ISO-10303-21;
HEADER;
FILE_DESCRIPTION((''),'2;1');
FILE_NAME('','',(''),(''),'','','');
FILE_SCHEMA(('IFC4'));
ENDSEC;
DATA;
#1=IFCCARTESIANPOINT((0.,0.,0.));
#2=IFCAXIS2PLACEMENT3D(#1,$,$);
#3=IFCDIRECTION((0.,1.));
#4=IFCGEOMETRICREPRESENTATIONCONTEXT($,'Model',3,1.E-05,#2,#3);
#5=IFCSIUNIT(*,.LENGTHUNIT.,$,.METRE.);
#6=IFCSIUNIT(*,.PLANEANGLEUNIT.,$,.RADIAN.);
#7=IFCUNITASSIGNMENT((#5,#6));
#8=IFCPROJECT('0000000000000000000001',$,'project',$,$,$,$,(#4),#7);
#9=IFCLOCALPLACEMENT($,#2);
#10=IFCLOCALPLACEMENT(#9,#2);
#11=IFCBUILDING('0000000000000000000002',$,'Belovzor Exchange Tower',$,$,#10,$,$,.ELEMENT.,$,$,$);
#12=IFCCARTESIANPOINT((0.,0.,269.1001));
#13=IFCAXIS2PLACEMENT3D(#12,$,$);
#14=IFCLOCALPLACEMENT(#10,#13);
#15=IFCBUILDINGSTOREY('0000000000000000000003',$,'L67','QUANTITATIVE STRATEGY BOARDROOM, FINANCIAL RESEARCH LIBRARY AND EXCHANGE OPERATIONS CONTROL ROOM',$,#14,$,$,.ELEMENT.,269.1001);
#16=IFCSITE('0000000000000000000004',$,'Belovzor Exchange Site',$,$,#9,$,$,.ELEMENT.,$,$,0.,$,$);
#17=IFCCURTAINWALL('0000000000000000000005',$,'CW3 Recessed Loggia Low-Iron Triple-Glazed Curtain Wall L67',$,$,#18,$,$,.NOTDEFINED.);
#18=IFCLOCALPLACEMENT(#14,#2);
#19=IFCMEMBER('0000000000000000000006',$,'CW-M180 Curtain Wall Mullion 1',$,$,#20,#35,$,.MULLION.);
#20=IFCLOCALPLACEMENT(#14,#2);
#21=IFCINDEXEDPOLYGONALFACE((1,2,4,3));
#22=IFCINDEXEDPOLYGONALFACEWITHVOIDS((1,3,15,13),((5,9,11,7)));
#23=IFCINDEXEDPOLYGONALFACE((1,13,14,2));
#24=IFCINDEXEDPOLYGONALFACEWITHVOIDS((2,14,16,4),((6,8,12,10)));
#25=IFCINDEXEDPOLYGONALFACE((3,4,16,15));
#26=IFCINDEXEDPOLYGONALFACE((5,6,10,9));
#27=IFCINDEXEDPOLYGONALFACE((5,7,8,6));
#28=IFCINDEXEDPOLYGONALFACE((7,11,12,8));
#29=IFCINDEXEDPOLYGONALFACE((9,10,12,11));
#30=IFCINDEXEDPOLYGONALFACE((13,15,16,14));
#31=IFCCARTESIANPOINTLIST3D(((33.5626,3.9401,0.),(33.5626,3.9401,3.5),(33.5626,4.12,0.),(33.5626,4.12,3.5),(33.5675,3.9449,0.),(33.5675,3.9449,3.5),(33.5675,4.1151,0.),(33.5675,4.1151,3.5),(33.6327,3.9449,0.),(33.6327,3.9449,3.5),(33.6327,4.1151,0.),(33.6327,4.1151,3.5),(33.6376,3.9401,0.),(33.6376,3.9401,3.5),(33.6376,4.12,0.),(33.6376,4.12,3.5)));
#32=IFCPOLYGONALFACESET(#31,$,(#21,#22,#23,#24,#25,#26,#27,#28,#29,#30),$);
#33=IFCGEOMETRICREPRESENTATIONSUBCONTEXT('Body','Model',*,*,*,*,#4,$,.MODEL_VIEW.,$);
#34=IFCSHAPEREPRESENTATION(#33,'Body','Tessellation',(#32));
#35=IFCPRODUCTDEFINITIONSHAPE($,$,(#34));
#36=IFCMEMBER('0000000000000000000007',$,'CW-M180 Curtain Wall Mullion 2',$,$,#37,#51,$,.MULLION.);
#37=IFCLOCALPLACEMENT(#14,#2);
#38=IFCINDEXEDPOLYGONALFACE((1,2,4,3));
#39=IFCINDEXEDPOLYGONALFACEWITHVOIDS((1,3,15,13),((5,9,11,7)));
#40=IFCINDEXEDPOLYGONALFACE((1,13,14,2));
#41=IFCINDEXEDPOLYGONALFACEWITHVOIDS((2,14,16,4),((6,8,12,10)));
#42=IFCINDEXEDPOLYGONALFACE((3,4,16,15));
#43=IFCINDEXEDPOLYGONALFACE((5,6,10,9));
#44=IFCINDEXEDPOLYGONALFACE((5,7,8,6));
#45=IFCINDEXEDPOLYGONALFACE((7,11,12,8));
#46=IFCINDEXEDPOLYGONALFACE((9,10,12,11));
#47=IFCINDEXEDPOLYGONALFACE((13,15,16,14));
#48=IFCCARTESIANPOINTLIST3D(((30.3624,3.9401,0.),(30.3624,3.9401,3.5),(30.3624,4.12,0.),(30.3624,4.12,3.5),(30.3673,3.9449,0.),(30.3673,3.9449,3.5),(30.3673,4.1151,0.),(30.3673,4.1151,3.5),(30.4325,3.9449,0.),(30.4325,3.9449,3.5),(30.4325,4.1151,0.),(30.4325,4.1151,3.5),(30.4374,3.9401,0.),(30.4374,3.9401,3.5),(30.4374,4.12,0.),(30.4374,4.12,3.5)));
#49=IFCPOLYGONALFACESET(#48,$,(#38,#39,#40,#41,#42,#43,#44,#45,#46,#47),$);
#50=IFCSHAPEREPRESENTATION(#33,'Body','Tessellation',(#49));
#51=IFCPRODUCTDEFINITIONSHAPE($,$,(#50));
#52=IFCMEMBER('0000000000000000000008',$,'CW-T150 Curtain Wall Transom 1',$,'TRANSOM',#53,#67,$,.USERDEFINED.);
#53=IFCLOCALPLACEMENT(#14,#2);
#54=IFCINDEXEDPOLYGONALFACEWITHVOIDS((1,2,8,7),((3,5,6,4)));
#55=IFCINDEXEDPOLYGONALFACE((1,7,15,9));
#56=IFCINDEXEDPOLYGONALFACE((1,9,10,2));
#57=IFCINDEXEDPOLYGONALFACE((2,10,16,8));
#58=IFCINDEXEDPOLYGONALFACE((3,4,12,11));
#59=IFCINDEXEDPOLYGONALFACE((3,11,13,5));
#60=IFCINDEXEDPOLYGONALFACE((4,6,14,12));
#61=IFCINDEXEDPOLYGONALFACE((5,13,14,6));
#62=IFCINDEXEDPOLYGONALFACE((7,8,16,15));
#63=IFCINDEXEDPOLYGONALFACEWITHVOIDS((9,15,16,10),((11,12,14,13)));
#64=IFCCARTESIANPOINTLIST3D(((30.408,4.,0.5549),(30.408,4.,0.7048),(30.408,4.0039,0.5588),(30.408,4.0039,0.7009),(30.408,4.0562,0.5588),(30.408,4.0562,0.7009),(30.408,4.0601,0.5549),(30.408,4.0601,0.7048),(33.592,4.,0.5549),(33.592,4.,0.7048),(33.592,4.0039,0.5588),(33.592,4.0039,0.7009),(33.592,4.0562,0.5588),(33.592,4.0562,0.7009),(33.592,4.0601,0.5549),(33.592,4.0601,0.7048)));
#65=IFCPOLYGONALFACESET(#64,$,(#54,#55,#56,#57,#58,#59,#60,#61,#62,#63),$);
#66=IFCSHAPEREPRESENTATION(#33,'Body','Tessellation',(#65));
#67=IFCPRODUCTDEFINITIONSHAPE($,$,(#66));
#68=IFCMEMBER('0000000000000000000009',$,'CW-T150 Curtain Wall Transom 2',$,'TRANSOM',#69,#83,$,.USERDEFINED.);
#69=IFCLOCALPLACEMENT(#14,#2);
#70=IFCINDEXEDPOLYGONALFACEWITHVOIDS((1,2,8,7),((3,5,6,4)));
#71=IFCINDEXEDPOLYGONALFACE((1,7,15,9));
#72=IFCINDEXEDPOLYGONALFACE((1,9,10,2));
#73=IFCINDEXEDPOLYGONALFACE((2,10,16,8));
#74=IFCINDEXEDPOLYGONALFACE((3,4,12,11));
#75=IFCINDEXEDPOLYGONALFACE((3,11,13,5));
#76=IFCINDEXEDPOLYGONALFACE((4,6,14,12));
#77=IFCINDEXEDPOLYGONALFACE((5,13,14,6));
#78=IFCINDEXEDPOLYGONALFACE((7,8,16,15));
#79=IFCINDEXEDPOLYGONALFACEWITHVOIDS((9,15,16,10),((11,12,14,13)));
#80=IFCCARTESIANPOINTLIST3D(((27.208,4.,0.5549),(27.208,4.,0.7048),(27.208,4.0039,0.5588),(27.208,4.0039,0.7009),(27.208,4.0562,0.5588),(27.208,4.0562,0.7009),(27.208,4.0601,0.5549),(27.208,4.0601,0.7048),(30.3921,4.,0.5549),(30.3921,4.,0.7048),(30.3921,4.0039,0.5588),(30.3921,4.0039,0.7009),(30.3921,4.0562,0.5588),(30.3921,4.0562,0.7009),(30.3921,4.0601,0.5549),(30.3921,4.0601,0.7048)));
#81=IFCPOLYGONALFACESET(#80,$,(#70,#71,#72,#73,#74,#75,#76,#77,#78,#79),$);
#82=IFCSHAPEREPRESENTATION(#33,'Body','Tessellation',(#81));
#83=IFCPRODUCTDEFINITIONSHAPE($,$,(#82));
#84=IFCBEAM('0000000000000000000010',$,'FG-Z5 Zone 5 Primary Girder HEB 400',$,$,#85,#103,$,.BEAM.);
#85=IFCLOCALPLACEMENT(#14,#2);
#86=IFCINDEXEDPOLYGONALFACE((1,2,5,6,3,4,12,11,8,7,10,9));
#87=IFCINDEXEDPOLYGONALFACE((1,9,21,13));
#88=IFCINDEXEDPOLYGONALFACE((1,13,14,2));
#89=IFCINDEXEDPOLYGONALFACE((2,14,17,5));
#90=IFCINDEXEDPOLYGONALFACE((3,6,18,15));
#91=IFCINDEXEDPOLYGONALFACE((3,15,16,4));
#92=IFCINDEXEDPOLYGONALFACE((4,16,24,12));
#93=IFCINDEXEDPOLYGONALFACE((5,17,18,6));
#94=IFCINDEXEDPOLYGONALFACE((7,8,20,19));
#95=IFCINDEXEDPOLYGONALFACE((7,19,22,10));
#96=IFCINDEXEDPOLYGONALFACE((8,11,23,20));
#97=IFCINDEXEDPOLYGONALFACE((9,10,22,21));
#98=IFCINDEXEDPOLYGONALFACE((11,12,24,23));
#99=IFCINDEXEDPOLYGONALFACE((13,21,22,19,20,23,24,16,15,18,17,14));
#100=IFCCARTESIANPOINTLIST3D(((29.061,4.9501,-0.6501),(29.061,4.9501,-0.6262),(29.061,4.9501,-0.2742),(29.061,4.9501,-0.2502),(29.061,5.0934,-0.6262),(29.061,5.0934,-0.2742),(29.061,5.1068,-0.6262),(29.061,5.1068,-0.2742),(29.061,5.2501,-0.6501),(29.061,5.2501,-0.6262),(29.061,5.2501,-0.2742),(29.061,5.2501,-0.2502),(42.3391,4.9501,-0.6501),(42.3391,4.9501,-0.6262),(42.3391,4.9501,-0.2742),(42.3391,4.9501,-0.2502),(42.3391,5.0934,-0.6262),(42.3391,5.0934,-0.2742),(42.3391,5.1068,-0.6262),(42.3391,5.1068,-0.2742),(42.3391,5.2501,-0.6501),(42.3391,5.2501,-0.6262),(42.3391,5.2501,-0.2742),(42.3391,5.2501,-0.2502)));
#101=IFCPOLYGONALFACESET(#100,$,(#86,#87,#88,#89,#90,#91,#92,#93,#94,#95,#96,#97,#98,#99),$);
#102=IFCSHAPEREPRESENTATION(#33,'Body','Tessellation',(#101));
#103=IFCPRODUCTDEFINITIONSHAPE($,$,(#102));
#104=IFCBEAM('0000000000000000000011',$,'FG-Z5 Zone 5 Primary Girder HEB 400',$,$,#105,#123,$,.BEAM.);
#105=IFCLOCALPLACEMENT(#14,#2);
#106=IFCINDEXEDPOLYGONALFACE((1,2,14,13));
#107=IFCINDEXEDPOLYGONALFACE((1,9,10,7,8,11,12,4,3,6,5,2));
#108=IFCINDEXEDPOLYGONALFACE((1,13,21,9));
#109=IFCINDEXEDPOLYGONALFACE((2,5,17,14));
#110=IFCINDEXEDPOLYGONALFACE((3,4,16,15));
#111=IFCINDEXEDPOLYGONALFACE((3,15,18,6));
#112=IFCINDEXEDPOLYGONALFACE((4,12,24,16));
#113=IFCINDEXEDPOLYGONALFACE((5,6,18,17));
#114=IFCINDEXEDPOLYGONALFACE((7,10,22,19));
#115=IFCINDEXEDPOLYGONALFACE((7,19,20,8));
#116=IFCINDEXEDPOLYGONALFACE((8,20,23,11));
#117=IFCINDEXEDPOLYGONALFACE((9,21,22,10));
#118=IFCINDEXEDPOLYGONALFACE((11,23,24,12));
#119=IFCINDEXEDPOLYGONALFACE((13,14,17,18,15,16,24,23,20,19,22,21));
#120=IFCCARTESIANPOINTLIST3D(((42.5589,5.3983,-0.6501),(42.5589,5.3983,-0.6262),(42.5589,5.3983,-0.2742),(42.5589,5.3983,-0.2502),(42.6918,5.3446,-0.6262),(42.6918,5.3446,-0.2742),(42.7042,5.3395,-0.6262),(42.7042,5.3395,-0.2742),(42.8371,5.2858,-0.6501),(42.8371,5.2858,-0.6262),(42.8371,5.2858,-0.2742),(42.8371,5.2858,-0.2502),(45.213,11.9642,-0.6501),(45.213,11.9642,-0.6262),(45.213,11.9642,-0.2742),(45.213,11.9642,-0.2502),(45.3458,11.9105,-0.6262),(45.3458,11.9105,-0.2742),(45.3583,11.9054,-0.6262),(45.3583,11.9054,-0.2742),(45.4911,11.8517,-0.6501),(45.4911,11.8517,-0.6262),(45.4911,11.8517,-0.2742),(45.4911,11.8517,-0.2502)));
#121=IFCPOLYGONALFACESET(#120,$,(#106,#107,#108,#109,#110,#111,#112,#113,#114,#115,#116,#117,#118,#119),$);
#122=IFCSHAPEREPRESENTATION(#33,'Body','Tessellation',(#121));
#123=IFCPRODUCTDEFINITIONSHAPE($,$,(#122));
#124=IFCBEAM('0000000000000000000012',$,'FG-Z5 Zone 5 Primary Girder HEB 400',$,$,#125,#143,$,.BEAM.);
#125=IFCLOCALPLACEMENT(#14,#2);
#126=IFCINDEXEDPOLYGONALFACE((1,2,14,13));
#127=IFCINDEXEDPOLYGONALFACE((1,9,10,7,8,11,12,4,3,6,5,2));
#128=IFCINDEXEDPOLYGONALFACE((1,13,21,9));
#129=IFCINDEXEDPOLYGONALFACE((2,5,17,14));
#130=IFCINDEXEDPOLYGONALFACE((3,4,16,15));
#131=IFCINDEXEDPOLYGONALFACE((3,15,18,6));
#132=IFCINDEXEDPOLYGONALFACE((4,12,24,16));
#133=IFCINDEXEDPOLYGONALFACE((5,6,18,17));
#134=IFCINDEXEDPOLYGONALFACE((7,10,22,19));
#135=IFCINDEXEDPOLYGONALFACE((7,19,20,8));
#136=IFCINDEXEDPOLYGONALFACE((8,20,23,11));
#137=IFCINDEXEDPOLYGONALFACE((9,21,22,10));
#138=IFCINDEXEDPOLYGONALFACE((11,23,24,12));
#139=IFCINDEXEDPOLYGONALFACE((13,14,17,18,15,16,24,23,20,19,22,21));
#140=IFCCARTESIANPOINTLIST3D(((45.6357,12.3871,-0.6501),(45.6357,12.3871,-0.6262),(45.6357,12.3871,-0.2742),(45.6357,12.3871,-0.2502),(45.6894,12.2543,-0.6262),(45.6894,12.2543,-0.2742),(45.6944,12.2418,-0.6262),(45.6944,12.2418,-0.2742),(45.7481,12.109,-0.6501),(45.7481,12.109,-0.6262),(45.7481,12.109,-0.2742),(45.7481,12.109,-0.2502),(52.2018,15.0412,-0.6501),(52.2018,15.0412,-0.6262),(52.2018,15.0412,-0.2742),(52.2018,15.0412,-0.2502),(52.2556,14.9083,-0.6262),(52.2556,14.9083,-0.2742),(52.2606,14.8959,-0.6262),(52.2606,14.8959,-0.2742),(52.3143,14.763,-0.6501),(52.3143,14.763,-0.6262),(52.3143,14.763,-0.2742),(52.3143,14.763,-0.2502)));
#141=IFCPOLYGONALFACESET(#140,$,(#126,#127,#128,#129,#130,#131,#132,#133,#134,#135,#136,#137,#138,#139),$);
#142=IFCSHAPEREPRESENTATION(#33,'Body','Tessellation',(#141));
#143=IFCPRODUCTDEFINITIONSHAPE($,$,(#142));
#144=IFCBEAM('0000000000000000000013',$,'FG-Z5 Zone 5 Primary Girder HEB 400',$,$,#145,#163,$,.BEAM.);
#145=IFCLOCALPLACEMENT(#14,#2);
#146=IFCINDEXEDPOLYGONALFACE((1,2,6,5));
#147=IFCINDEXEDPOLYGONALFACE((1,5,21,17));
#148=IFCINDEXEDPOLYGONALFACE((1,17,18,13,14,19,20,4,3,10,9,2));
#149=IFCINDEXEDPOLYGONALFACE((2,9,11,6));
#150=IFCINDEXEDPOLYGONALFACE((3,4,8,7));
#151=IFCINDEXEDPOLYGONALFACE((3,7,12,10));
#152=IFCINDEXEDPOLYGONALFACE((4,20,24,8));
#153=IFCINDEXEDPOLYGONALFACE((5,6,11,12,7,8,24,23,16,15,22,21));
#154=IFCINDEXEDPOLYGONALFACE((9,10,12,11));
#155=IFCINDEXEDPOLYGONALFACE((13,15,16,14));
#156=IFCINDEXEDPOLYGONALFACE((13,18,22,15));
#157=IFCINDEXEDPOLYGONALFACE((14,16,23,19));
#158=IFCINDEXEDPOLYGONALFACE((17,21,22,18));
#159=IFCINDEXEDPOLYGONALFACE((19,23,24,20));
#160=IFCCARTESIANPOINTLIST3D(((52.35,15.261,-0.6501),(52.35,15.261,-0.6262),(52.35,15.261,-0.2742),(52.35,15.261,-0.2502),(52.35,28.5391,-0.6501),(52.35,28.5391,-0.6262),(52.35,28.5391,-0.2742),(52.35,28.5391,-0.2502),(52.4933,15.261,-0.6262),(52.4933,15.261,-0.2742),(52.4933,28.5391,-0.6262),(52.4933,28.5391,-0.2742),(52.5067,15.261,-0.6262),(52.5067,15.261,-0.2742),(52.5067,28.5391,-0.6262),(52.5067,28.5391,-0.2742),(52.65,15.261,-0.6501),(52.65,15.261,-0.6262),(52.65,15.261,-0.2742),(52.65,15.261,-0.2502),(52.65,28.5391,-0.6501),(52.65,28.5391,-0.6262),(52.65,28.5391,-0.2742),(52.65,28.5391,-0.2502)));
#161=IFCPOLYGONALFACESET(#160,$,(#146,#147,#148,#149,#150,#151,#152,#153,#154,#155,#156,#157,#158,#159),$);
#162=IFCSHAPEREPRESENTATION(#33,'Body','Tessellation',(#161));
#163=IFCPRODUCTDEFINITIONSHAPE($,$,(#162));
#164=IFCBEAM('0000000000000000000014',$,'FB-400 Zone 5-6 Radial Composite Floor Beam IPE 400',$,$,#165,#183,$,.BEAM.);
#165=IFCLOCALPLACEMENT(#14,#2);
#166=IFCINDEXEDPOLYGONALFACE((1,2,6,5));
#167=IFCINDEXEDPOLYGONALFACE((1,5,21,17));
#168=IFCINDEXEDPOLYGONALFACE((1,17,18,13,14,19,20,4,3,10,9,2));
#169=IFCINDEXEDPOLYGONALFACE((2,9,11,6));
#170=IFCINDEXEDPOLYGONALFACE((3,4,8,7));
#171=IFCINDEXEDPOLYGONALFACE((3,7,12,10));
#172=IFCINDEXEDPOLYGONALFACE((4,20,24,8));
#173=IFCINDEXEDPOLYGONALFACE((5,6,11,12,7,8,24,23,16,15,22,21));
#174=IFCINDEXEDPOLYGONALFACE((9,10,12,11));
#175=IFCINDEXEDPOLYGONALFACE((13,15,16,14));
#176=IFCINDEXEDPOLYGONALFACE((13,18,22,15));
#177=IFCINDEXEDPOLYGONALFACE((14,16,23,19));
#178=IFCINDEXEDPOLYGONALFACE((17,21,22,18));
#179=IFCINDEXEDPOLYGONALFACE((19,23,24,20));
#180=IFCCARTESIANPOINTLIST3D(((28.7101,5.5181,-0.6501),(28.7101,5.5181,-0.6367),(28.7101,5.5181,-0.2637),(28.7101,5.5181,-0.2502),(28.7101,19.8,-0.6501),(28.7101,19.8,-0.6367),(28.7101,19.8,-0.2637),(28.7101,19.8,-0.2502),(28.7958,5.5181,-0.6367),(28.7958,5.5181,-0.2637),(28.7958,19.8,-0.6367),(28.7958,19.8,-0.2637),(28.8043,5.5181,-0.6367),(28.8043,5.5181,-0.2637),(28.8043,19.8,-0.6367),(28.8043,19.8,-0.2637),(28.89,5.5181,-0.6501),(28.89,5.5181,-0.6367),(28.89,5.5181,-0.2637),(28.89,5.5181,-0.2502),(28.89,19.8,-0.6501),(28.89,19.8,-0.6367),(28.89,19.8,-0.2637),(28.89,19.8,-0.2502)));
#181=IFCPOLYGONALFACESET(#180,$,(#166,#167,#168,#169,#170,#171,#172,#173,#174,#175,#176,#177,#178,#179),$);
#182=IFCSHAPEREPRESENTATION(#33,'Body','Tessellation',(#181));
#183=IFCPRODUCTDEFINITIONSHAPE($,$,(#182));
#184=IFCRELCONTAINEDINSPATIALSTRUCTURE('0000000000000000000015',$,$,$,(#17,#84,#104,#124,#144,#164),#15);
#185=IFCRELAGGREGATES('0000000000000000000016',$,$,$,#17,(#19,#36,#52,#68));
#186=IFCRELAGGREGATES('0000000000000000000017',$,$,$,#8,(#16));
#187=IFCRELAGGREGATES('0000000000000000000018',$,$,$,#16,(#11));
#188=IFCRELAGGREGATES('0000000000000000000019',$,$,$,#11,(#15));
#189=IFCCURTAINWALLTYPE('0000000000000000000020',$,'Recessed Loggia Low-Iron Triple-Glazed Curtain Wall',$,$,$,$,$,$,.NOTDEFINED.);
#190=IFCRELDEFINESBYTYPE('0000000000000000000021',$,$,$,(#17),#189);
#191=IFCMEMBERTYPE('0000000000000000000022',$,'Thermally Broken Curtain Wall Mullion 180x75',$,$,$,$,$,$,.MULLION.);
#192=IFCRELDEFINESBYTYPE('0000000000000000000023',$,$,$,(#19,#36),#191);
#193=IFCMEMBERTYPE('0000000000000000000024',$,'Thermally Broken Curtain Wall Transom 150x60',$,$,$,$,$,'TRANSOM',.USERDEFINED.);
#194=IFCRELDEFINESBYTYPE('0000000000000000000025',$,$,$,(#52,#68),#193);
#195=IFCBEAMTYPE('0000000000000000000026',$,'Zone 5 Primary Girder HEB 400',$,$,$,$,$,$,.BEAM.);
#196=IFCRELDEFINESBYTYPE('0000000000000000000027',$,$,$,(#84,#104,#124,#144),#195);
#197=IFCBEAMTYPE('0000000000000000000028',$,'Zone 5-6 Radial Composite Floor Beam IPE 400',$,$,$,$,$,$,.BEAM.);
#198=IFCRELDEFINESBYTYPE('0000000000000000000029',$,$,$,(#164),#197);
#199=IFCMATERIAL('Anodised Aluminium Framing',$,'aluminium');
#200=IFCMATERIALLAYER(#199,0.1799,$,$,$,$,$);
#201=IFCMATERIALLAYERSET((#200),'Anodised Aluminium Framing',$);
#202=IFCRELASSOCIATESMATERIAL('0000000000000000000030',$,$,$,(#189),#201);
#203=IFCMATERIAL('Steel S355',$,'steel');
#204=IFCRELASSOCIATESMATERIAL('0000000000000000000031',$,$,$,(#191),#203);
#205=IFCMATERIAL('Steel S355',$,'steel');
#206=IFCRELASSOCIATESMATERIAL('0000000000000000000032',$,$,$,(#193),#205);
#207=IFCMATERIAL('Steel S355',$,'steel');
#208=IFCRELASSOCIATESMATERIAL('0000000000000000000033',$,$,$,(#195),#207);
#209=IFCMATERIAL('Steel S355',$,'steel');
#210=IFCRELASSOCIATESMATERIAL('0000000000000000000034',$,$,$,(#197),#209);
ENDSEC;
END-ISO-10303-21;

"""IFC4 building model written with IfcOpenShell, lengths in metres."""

from ifc_helpers import new_model, si_unit, direction, frame, origin, origin_2d, place, context, subcontext, project, spatial, hollow_rectangle, i_section, extrude, material, layer, layer_set, material_profile, profile_set, type_object, element, aggregate, save


model = new_model("IFC4")

# Units and contexts
model_context = context("Model", 3, precision=1e-05, world=origin(), true_north=direction((0.0, 1.0)))
body_context = subcontext(model_context, "Body", "Model", "MODEL_VIEW")
ifc_project = project(units=[si_unit("LENGTHUNIT", "METRE"), si_unit("PLANEANGLEUNIT", "RADIAN")], contexts=[model_context])

# Site, building, storey
site_placement = place(None, origin())
site = spatial("IfcSite", under=ifc_project, at=site_placement, Name="Belovzor Exchange Site", CompositionType="ELEMENT", RefElevation=0.0)
building_placement = place(site_placement, origin())
building = spatial("IfcBuilding", under=site, at=building_placement, Name="Belovzor Exchange Tower", CompositionType="ELEMENT")
storey_placement = place(building_placement, frame((0.0, 0.0, 269.1001)))
storey = spatial("IfcBuildingStorey", under=building, at=storey_placement, Name="L67", Description="QUANTITATIVE STRATEGY BOARDROOM, FINANCIAL RESEARCH LIBRARY AND EXCHANGE OPERATIONS CONTROL ROOM", CompositionType="ELEMENT", Elevation=269.1001)

# Curtain wall, members
ifc_material_1 = material(Name="Anodised Aluminium Framing", Category="aluminium")
ifc_layer_1 = layer(ifc_material_1, 0.1799)
ifc_layer_set_1 = layer_set([ifc_layer_1], Name="Anodised Aluminium Framing")
curtain_wall_type = type_object("IfcCurtainWallType", Name="Recessed Loggia Low-Iron Triple-Glazed Curtain Wall", PredefinedType="NOTDEFINED", material=ifc_layer_set_1)
curtain_wall_placement = place(storey_placement, origin())
curtain_wall = element("IfcCurtainWall", 1, at=curtain_wall_placement, inside=storey, type_object=curtain_wall_type, Name="CW3 Recessed Loggia Low-Iron Triple-Glazed Curtain Wall L67", PredefinedType="NOTDEFINED")
ifc_material_2 = material(Name="Steel S355", Category="steel")
ifc_material_profile_1 = material_profile(ifc_material_2, hollow_rectangle(XDim=0.075, YDim=0.1799, WallThickness=0.0049, at=origin_2d()))
ifc_profile_set_1 = profile_set([ifc_material_profile_1], Name="Steel S355")
member_type_1 = type_object("IfcMemberType", Name="Thermally Broken Curtain Wall Mullion 180x75", PredefinedType="MULLION", material=ifc_profile_set_1)
member_1_placement = place(storey_placement, frame((33.6001, 4.03, 0.0), z_axis=(0.0, 0.0, 1.0), x_axis=(-1.0, 0.0, 0.0)))
member_1 = element("IfcMember", 2, at=member_1_placement, type_object=member_type_1, Name="CW-M180 Curtain Wall Mullion 1", PredefinedType="MULLION", context=body_context, shape_type="SweptSolid", body=[
    extrude(hollow_rectangle(XDim=0.075, YDim=0.1799, WallThickness=0.0049, at=origin_2d()), origin(), (0.0, 0.0, 1.0), 3.5),
])
member_2_placement = place(storey_placement, frame((30.3999, 4.03, 0.0), z_axis=(0.0, 0.0, 1.0), x_axis=(-1.0, 0.0, 0.0)))
member_2 = element("IfcMember", 3, at=member_2_placement, type_object=member_type_1, Name="CW-M180 Curtain Wall Mullion 2", PredefinedType="MULLION", context=body_context, shape_type="SweptSolid", body=[
    extrude(hollow_rectangle(XDim=0.075, YDim=0.1799, WallThickness=0.0049, at=origin_2d()), origin(), (0.0, 0.0, 1.0), 3.5),
])
ifc_material_3 = material(Name="Steel S355", Category="steel")
ifc_material_profile_2 = material_profile(ifc_material_3, hollow_rectangle(XDim=0.0601, YDim=0.1499, WallThickness=0.0039, at=origin_2d()))
ifc_profile_set_2 = profile_set([ifc_material_profile_2], Name="Steel S355")
member_type_2 = type_object("IfcMemberType", Name="Thermally Broken Curtain Wall Transom 150x60", ElementType="TRANSOM", PredefinedType="USERDEFINED", material=ifc_profile_set_2)
member_3_placement = place(storey_placement, frame((33.592, 4.03, 0.6299), z_axis=(-1.0, 0.0, 0.0), x_axis=(0.0, -1.0, 0.0)))
member_3 = element("IfcMember", 4, at=member_3_placement, type_object=member_type_2, Name="CW-T150 Curtain Wall Transom 1", ObjectType="TRANSOM", PredefinedType="USERDEFINED", context=body_context, shape_type="SweptSolid", body=[
    extrude(hollow_rectangle(XDim=0.0601, YDim=0.1499, WallThickness=0.0039, at=origin_2d()), origin(), (0.0, 0.0, 1.0), 3.1841),
])
member_4_placement = place(storey_placement, frame((30.3921, 4.03, 0.6299), z_axis=(-1.0, 0.0, 0.0), x_axis=(0.0, -1.0, 0.0)))
member_4 = element("IfcMember", 5, at=member_4_placement, type_object=member_type_2, Name="CW-T150 Curtain Wall Transom 2", ObjectType="TRANSOM", PredefinedType="USERDEFINED", context=body_context, shape_type="SweptSolid", body=[
    extrude(hollow_rectangle(XDim=0.0601, YDim=0.1499, WallThickness=0.0039, at=origin_2d()), origin(), (0.0, 0.0, 1.0), 3.1841),
])

# Beams
ifc_material_4 = material(Name="Steel S355", Category="steel")
ifc_material_profile_3 = material_profile(ifc_material_4, i_section(OverallWidth=0.3, OverallDepth=0.3999, WebThickness=0.0134, FlangeThickness=0.0239, at=origin_2d()))
ifc_profile_set_3 = profile_set([ifc_material_profile_3], Name="Steel S355")
beam_type_1 = type_object("IfcBeamType", Name="Zone 5 Primary Girder HEB 400", PredefinedType="BEAM", material=ifc_profile_set_3)
beam_1_placement = place(storey_placement, frame((29.061, 5.1001, -0.4502), z_axis=(1.0, 0.0, 0.0), x_axis=(0.0, 1.0, 0.0)))
element("IfcBeam", 6, at=beam_1_placement, inside=storey, type_object=beam_type_1, Name="FG-Z5 Zone 5 Primary Girder HEB 400", PredefinedType="BEAM", context=body_context, shape_type="SweptSolid", body=[
    extrude(i_section(OverallWidth=0.3, OverallDepth=0.3999, WebThickness=0.0134, FlangeThickness=0.0239, at=origin_2d()), origin(), (0.0, 0.0, 1.0), 13.2781),
])
beam_2_placement = place(storey_placement, frame((42.698, 5.342, -0.4502), z_axis=(0.374758, 0.927123, 0.0), x_axis=(-0.927123, 0.374758, 0.0)))
element("IfcBeam", 7, at=beam_2_placement, inside=storey, type_object=beam_type_1, Name="FG-Z5 Zone 5 Primary Girder HEB 400", PredefinedType="BEAM", context=body_context, shape_type="SweptSolid", body=[
    extrude(i_section(OverallWidth=0.3, OverallDepth=0.3999, WebThickness=0.0134, FlangeThickness=0.0239, at=origin_2d()), origin(), (0.0, 0.0, 1.0), 7.082),
])
beam_3_placement = place(storey_placement, frame((45.6919, 12.248, -0.4502), z_axis=(0.927127, 0.374746, 0.0), x_axis=(-0.374746, 0.927127, 0.0)))
element("IfcBeam", 8, at=beam_3_placement, inside=storey, type_object=beam_type_1, Name="FG-Z5 Zone 5 Primary Girder HEB 400", PredefinedType="BEAM", context=body_context, shape_type="SweptSolid", body=[
    extrude(i_section(OverallWidth=0.3, OverallDepth=0.3999, WebThickness=0.0134, FlangeThickness=0.0239, at=origin_2d()), origin(), (0.0, 0.0, 1.0), 7.0823),
])
beam_4_placement = place(storey_placement, frame((52.5, 15.261, -0.4502), z_axis=(0.0, 1.0, 0.0), x_axis=(-1.0, 0.0, 0.0)))
element("IfcBeam", 9, at=beam_4_placement, inside=storey, type_object=beam_type_1, Name="FG-Z5 Zone 5 Primary Girder HEB 400", PredefinedType="BEAM", context=body_context, shape_type="SweptSolid", body=[
    extrude(i_section(OverallWidth=0.3, OverallDepth=0.3999, WebThickness=0.0134, FlangeThickness=0.0239, at=origin_2d()), origin(), (0.0, 0.0, 1.0), 13.2781),
])
ifc_material_5 = material(Name="Steel S355", Category="steel")
ifc_material_profile_4 = material_profile(ifc_material_5, i_section(OverallWidth=0.1799, OverallDepth=0.3999, WebThickness=0.0085, FlangeThickness=0.0134, at=origin_2d()))
ifc_profile_set_4 = profile_set([ifc_material_profile_4], Name="Steel S355")
beam_type_2 = type_object("IfcBeamType", Name="Zone 5-6 Radial Composite Floor Beam IPE 400", PredefinedType="BEAM", material=ifc_profile_set_4)
beam_5_placement = place(storey_placement, frame((28.8, 19.8, -0.4502), z_axis=(0.0, -1.0, 0.0), x_axis=(1.0, 0.0, 0.0)))
element("IfcBeam", 10, at=beam_5_placement, inside=storey, type_object=beam_type_2, Name="FB-400 Zone 5-6 Radial Composite Floor Beam IPE 400", PredefinedType="BEAM", context=body_context, shape_type="SweptSolid", body=[
    extrude(i_section(OverallWidth=0.1799, OverallDepth=0.3999, WebThickness=0.0085, FlangeThickness=0.0134, at=origin_2d()), origin(), (0.0, 0.0, 1.0), 14.282),
])

aggregate(curtain_wall, [member_1, member_2, member_3, member_4])

save(model, "model.ifc")
